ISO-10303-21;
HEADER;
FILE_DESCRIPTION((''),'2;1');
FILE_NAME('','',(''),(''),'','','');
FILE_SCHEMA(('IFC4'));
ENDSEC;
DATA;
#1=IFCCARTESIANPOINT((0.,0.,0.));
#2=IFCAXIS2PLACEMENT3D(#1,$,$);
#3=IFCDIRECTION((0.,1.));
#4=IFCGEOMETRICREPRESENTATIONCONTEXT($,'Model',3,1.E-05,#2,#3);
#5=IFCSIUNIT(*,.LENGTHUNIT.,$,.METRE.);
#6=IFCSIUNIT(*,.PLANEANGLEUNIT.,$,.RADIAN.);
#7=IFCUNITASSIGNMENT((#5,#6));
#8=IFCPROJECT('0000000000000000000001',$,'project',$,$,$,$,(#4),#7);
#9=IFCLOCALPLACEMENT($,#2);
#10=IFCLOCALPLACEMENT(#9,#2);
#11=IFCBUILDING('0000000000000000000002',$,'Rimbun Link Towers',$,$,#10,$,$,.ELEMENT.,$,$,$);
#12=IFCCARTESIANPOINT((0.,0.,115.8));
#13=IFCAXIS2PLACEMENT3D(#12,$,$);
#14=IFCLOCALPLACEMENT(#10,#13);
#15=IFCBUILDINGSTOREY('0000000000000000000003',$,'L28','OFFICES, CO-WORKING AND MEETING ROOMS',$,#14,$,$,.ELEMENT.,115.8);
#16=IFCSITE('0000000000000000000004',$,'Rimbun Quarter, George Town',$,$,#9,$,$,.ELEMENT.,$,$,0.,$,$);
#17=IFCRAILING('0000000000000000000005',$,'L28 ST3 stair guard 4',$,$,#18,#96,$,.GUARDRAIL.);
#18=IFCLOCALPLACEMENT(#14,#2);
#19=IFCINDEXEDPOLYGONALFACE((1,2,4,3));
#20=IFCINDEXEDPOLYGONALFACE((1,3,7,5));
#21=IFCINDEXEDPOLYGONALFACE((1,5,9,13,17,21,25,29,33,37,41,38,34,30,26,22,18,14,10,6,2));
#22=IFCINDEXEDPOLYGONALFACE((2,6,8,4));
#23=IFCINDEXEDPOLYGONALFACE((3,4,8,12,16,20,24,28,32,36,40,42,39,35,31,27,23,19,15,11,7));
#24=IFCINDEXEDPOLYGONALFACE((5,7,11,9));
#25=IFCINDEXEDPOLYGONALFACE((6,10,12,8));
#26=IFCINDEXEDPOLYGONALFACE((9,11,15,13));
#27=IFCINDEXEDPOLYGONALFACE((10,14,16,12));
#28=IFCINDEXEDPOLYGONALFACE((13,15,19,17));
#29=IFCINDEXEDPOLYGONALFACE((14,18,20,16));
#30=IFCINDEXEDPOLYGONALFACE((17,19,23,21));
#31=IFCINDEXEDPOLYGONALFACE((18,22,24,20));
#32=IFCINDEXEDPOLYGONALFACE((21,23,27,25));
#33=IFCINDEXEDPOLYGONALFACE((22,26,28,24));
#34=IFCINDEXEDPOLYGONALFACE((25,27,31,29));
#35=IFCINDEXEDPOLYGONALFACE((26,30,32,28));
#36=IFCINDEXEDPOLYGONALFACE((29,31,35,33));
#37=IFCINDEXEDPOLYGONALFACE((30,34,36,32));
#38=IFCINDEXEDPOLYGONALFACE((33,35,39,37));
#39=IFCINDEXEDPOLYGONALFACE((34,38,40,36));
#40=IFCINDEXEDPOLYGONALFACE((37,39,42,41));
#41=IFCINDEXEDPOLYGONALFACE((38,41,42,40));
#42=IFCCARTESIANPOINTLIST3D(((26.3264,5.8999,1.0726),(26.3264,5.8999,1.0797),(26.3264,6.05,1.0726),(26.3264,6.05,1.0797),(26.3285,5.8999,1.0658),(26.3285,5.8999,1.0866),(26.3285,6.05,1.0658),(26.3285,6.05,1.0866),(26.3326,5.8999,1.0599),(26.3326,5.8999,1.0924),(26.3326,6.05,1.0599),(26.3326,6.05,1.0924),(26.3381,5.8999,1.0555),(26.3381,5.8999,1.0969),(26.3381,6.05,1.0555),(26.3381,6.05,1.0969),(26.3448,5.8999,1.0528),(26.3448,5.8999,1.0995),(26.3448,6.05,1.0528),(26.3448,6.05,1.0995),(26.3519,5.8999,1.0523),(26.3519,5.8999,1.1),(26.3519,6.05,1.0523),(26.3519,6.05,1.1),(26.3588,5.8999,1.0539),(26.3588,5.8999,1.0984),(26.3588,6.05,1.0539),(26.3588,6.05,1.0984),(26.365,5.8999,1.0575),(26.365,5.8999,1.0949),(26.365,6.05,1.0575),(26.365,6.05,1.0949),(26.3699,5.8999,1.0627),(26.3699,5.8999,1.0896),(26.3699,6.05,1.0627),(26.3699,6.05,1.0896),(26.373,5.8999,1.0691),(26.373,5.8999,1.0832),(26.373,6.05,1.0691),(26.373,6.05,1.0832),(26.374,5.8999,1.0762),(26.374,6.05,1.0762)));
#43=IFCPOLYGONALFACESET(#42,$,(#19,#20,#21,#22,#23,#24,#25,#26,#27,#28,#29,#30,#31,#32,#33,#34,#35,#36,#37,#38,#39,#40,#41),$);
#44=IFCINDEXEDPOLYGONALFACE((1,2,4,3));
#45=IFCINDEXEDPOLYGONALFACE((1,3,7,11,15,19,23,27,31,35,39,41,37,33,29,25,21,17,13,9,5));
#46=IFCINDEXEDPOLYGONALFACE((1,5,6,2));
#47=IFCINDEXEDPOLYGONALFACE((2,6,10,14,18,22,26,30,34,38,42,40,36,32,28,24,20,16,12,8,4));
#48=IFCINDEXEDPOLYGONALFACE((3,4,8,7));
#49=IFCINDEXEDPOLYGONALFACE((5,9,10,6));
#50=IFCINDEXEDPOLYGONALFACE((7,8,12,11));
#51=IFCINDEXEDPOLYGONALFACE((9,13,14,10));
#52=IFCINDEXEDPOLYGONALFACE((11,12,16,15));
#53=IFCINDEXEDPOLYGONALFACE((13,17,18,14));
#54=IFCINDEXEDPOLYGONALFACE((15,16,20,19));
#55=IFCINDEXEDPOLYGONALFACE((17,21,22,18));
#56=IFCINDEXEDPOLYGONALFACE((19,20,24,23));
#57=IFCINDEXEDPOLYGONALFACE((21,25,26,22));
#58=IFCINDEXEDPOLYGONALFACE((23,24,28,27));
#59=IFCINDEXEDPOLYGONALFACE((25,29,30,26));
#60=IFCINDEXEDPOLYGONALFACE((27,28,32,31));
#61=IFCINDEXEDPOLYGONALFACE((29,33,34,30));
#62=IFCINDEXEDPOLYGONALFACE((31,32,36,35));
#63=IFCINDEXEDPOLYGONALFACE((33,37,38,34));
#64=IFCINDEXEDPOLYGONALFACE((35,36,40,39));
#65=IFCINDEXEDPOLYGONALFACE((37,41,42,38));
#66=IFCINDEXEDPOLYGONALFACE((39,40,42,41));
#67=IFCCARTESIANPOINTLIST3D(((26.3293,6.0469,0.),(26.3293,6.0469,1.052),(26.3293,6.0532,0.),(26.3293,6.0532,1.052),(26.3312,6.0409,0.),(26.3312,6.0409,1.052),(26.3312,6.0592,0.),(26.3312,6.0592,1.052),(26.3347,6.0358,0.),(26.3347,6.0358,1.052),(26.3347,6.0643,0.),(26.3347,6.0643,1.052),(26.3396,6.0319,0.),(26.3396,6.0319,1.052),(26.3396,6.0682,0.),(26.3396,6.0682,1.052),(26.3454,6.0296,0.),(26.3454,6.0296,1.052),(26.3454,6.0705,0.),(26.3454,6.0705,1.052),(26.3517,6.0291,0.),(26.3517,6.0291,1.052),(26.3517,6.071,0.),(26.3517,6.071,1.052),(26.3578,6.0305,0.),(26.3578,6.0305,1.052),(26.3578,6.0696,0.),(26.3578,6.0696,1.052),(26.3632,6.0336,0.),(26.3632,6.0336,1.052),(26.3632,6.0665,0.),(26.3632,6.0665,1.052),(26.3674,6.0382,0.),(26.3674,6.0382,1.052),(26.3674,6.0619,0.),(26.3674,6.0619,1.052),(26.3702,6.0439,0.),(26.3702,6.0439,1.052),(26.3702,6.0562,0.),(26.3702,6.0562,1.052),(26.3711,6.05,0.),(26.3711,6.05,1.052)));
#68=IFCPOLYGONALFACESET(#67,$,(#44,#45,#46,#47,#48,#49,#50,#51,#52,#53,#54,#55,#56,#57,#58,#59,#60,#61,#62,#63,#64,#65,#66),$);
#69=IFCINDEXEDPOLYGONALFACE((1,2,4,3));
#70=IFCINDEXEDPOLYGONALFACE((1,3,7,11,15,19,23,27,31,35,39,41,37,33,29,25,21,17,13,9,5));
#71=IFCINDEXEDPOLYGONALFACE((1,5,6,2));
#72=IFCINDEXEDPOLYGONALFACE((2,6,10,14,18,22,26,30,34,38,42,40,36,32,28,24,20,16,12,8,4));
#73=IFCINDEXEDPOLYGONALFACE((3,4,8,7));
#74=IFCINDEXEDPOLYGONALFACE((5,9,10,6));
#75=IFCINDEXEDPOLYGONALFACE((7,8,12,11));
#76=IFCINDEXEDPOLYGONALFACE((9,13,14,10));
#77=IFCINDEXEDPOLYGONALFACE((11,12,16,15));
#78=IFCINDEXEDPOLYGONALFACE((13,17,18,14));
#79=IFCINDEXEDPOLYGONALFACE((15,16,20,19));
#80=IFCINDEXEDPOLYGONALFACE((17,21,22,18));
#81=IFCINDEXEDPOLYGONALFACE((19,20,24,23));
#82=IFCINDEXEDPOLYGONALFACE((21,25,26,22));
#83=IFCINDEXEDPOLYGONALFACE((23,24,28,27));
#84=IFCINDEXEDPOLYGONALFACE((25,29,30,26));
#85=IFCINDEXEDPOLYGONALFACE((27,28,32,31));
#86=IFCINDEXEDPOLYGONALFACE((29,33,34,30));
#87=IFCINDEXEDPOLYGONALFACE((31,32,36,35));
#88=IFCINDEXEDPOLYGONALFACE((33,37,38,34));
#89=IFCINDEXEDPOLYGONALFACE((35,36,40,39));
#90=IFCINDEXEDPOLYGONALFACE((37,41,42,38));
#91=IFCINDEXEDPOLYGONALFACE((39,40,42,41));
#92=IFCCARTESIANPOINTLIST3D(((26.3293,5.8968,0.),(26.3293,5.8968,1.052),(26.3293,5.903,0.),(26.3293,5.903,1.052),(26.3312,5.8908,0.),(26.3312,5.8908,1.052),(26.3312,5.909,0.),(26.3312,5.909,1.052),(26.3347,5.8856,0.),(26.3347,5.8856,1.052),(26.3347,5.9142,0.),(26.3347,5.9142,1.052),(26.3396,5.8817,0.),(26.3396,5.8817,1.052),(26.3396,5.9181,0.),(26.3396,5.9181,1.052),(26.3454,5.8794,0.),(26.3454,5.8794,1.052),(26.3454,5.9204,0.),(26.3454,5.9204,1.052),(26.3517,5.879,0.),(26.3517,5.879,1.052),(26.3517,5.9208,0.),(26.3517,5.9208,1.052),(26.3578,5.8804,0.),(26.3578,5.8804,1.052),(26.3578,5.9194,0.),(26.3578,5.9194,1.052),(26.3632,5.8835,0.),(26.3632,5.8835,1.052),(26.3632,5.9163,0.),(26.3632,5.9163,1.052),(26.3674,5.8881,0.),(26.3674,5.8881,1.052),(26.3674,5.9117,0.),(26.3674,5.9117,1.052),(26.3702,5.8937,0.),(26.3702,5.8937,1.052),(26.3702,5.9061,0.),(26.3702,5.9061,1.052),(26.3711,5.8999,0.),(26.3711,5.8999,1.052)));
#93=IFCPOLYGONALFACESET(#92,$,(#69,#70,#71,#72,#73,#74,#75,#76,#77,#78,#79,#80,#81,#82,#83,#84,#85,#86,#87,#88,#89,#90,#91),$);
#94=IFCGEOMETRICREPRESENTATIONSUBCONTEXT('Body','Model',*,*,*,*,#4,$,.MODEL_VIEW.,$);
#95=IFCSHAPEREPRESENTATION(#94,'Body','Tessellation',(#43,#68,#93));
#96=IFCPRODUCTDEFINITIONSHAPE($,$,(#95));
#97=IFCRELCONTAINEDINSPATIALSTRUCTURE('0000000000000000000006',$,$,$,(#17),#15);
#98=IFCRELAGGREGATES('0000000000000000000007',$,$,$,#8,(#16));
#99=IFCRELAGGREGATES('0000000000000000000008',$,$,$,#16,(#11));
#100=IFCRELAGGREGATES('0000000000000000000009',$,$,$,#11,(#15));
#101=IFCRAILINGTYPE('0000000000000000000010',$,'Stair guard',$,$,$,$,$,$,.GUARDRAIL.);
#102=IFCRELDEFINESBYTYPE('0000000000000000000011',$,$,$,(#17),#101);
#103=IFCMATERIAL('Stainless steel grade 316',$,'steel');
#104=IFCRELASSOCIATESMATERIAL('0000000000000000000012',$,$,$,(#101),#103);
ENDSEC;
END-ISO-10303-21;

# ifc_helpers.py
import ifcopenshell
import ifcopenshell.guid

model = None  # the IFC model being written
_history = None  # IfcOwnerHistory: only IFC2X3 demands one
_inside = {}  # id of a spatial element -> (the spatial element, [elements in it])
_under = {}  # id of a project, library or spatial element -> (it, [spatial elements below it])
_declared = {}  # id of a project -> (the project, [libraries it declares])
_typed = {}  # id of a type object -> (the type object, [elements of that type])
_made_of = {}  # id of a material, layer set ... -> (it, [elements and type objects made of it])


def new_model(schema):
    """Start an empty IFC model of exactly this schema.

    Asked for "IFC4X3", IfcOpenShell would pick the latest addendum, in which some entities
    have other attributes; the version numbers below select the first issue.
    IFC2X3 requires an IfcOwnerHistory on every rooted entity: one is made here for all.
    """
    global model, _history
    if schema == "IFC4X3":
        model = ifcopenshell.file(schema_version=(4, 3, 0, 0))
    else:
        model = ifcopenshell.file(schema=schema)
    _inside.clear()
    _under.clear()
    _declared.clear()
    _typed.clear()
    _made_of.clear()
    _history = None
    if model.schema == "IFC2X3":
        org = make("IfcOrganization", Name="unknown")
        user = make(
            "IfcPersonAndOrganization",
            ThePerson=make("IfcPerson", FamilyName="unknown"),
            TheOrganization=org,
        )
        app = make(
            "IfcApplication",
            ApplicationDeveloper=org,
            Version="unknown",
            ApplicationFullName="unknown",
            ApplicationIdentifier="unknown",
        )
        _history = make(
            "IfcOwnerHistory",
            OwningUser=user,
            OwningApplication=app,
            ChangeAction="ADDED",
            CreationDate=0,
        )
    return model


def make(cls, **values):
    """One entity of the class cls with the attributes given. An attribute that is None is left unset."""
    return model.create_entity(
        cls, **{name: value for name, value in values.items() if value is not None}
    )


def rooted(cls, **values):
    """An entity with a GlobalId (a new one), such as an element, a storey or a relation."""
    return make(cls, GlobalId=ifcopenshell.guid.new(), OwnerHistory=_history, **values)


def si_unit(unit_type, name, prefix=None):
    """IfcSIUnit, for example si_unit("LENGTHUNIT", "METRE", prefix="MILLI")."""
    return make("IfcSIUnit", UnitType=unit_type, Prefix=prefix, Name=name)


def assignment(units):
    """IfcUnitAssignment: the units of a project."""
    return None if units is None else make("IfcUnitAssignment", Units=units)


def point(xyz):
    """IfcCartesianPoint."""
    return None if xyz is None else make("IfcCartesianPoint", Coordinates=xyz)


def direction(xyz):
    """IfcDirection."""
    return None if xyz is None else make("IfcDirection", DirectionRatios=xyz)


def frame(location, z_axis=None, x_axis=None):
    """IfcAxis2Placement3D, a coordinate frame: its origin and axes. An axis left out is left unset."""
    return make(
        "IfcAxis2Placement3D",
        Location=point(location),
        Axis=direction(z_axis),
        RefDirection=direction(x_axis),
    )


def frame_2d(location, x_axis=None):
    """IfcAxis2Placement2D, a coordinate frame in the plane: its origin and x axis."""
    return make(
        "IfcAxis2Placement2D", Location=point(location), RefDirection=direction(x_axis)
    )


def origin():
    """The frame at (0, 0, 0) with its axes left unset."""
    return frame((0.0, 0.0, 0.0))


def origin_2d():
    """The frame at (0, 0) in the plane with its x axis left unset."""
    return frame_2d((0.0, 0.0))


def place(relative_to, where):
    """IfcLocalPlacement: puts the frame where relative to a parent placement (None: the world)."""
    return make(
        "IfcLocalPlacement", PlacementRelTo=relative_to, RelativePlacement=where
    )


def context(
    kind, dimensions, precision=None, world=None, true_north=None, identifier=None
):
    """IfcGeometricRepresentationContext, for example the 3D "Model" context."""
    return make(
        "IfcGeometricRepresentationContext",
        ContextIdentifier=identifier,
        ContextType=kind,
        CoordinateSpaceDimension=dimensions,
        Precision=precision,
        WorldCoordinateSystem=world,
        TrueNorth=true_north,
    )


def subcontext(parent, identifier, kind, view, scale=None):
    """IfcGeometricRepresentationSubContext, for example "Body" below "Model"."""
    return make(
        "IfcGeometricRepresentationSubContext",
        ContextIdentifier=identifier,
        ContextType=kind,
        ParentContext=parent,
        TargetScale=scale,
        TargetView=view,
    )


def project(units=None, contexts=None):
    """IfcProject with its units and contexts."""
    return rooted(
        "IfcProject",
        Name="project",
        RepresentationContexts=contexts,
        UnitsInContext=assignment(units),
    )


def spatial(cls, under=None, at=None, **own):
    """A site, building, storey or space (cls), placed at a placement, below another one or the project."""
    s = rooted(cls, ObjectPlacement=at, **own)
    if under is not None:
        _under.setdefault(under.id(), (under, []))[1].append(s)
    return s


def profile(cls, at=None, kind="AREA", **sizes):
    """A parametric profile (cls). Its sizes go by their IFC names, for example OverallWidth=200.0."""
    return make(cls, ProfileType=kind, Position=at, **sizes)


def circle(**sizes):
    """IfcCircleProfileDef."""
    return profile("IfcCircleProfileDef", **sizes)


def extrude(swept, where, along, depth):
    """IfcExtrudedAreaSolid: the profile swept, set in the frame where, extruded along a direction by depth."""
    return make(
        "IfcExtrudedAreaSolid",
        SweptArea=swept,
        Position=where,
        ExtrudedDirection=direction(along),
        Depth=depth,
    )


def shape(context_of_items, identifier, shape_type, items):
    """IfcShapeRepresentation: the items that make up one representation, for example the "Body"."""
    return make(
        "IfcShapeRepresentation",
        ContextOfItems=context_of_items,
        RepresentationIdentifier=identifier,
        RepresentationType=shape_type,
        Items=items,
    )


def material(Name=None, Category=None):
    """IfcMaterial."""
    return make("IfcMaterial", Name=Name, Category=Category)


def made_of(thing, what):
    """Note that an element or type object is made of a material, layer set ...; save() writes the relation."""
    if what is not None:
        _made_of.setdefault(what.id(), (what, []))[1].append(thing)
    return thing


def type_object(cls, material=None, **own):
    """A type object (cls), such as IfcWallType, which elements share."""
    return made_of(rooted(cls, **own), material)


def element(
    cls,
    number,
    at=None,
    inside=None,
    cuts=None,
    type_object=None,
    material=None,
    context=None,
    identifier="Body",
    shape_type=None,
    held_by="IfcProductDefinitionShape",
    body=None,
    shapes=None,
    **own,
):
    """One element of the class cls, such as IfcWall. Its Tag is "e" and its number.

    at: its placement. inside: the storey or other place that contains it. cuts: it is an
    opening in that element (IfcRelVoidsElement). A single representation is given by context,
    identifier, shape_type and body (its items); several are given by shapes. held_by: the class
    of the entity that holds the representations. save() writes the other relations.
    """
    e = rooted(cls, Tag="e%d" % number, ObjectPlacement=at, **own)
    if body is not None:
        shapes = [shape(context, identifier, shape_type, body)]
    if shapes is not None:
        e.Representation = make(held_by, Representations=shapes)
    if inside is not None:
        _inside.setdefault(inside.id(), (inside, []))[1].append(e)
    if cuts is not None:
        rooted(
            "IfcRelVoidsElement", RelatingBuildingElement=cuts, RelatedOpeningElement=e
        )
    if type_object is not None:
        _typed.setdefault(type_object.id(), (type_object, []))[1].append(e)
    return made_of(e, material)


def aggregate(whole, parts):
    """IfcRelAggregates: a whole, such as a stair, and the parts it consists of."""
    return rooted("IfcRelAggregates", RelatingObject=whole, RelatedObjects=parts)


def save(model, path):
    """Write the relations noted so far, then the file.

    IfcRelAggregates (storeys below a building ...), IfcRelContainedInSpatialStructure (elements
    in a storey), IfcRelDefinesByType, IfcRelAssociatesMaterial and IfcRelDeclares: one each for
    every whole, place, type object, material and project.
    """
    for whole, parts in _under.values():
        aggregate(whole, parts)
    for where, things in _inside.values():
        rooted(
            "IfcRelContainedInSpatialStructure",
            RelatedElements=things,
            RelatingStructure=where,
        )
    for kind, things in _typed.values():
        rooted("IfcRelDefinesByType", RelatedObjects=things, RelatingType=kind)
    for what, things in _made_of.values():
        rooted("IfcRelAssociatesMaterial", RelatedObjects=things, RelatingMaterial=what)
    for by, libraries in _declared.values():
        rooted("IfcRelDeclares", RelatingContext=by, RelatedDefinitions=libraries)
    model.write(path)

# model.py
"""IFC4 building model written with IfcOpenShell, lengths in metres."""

from ifc_helpers import new_model, si_unit, direction, frame, origin, origin_2d, place, context, subcontext, project, spatial, circle, extrude, material, type_object, element, save


model = new_model("IFC4")

# Units and contexts
model_context = context("Model", 3, precision=1e-05, world=origin(), true_north=direction((0.0, 1.0)))
body_context = subcontext(model_context, "Body", "Model", "MODEL_VIEW")
ifc_project = project(units=[si_unit("LENGTHUNIT", "METRE"), si_unit("PLANEANGLEUNIT", "RADIAN")], contexts=[model_context])

# Site, building, storey
site_placement = place(None, origin())
site = spatial("IfcSite", under=ifc_project, at=site_placement, Name="Rimbun Quarter, George Town", CompositionType="ELEMENT", RefElevation=0.0)
building_placement = place(site_placement, origin())
building = spatial("IfcBuilding", under=site, at=building_placement, Name="Rimbun Link Towers", CompositionType="ELEMENT")
storey_placement = place(building_placement, frame((0.0, 0.0, 115.8)))
storey = spatial("IfcBuildingStorey", under=building, at=storey_placement, Name="L28", Description="OFFICES, CO-WORKING AND MEETING ROOMS", CompositionType="ELEMENT", Elevation=115.8)

# Railing
ifc_material_1 = material(Name="Stainless steel grade 316", Category="steel")
railing_type_1 = type_object("IfcRailingType", Name="Stair guard", PredefinedType="GUARDRAIL", material=ifc_material_1)
railing_1_placement = place(storey_placement, frame((26.3501, 6.05, 0.0)))
element("IfcRailing", 1, at=railing_1_placement, inside=storey, type_object=railing_type_1, Name="L28 ST3 stair guard 4", PredefinedType="GUARDRAIL", context=body_context, shape_type="SweptSolid", body=[
    extrude(circle(Radius=0.0239, at=origin_2d()), frame((0.0, 0.0, 1.0762), z_axis=(0.0, -1.0, 0.0), x_axis=(1.0, 0.0, 0.0)), (0.0, 0.0, 1.0), 0.1501),
    extrude(circle(Radius=0.021, at=origin_2d()), origin(), (0.0, 0.0, 1.0), 1.052),
    extrude(circle(Radius=0.021, at=origin_2d()), frame((0.0, -0.1501, 0.0)), (0.0, 0.0, 1.0), 1.052),
])

save(model, "model.ifc")
